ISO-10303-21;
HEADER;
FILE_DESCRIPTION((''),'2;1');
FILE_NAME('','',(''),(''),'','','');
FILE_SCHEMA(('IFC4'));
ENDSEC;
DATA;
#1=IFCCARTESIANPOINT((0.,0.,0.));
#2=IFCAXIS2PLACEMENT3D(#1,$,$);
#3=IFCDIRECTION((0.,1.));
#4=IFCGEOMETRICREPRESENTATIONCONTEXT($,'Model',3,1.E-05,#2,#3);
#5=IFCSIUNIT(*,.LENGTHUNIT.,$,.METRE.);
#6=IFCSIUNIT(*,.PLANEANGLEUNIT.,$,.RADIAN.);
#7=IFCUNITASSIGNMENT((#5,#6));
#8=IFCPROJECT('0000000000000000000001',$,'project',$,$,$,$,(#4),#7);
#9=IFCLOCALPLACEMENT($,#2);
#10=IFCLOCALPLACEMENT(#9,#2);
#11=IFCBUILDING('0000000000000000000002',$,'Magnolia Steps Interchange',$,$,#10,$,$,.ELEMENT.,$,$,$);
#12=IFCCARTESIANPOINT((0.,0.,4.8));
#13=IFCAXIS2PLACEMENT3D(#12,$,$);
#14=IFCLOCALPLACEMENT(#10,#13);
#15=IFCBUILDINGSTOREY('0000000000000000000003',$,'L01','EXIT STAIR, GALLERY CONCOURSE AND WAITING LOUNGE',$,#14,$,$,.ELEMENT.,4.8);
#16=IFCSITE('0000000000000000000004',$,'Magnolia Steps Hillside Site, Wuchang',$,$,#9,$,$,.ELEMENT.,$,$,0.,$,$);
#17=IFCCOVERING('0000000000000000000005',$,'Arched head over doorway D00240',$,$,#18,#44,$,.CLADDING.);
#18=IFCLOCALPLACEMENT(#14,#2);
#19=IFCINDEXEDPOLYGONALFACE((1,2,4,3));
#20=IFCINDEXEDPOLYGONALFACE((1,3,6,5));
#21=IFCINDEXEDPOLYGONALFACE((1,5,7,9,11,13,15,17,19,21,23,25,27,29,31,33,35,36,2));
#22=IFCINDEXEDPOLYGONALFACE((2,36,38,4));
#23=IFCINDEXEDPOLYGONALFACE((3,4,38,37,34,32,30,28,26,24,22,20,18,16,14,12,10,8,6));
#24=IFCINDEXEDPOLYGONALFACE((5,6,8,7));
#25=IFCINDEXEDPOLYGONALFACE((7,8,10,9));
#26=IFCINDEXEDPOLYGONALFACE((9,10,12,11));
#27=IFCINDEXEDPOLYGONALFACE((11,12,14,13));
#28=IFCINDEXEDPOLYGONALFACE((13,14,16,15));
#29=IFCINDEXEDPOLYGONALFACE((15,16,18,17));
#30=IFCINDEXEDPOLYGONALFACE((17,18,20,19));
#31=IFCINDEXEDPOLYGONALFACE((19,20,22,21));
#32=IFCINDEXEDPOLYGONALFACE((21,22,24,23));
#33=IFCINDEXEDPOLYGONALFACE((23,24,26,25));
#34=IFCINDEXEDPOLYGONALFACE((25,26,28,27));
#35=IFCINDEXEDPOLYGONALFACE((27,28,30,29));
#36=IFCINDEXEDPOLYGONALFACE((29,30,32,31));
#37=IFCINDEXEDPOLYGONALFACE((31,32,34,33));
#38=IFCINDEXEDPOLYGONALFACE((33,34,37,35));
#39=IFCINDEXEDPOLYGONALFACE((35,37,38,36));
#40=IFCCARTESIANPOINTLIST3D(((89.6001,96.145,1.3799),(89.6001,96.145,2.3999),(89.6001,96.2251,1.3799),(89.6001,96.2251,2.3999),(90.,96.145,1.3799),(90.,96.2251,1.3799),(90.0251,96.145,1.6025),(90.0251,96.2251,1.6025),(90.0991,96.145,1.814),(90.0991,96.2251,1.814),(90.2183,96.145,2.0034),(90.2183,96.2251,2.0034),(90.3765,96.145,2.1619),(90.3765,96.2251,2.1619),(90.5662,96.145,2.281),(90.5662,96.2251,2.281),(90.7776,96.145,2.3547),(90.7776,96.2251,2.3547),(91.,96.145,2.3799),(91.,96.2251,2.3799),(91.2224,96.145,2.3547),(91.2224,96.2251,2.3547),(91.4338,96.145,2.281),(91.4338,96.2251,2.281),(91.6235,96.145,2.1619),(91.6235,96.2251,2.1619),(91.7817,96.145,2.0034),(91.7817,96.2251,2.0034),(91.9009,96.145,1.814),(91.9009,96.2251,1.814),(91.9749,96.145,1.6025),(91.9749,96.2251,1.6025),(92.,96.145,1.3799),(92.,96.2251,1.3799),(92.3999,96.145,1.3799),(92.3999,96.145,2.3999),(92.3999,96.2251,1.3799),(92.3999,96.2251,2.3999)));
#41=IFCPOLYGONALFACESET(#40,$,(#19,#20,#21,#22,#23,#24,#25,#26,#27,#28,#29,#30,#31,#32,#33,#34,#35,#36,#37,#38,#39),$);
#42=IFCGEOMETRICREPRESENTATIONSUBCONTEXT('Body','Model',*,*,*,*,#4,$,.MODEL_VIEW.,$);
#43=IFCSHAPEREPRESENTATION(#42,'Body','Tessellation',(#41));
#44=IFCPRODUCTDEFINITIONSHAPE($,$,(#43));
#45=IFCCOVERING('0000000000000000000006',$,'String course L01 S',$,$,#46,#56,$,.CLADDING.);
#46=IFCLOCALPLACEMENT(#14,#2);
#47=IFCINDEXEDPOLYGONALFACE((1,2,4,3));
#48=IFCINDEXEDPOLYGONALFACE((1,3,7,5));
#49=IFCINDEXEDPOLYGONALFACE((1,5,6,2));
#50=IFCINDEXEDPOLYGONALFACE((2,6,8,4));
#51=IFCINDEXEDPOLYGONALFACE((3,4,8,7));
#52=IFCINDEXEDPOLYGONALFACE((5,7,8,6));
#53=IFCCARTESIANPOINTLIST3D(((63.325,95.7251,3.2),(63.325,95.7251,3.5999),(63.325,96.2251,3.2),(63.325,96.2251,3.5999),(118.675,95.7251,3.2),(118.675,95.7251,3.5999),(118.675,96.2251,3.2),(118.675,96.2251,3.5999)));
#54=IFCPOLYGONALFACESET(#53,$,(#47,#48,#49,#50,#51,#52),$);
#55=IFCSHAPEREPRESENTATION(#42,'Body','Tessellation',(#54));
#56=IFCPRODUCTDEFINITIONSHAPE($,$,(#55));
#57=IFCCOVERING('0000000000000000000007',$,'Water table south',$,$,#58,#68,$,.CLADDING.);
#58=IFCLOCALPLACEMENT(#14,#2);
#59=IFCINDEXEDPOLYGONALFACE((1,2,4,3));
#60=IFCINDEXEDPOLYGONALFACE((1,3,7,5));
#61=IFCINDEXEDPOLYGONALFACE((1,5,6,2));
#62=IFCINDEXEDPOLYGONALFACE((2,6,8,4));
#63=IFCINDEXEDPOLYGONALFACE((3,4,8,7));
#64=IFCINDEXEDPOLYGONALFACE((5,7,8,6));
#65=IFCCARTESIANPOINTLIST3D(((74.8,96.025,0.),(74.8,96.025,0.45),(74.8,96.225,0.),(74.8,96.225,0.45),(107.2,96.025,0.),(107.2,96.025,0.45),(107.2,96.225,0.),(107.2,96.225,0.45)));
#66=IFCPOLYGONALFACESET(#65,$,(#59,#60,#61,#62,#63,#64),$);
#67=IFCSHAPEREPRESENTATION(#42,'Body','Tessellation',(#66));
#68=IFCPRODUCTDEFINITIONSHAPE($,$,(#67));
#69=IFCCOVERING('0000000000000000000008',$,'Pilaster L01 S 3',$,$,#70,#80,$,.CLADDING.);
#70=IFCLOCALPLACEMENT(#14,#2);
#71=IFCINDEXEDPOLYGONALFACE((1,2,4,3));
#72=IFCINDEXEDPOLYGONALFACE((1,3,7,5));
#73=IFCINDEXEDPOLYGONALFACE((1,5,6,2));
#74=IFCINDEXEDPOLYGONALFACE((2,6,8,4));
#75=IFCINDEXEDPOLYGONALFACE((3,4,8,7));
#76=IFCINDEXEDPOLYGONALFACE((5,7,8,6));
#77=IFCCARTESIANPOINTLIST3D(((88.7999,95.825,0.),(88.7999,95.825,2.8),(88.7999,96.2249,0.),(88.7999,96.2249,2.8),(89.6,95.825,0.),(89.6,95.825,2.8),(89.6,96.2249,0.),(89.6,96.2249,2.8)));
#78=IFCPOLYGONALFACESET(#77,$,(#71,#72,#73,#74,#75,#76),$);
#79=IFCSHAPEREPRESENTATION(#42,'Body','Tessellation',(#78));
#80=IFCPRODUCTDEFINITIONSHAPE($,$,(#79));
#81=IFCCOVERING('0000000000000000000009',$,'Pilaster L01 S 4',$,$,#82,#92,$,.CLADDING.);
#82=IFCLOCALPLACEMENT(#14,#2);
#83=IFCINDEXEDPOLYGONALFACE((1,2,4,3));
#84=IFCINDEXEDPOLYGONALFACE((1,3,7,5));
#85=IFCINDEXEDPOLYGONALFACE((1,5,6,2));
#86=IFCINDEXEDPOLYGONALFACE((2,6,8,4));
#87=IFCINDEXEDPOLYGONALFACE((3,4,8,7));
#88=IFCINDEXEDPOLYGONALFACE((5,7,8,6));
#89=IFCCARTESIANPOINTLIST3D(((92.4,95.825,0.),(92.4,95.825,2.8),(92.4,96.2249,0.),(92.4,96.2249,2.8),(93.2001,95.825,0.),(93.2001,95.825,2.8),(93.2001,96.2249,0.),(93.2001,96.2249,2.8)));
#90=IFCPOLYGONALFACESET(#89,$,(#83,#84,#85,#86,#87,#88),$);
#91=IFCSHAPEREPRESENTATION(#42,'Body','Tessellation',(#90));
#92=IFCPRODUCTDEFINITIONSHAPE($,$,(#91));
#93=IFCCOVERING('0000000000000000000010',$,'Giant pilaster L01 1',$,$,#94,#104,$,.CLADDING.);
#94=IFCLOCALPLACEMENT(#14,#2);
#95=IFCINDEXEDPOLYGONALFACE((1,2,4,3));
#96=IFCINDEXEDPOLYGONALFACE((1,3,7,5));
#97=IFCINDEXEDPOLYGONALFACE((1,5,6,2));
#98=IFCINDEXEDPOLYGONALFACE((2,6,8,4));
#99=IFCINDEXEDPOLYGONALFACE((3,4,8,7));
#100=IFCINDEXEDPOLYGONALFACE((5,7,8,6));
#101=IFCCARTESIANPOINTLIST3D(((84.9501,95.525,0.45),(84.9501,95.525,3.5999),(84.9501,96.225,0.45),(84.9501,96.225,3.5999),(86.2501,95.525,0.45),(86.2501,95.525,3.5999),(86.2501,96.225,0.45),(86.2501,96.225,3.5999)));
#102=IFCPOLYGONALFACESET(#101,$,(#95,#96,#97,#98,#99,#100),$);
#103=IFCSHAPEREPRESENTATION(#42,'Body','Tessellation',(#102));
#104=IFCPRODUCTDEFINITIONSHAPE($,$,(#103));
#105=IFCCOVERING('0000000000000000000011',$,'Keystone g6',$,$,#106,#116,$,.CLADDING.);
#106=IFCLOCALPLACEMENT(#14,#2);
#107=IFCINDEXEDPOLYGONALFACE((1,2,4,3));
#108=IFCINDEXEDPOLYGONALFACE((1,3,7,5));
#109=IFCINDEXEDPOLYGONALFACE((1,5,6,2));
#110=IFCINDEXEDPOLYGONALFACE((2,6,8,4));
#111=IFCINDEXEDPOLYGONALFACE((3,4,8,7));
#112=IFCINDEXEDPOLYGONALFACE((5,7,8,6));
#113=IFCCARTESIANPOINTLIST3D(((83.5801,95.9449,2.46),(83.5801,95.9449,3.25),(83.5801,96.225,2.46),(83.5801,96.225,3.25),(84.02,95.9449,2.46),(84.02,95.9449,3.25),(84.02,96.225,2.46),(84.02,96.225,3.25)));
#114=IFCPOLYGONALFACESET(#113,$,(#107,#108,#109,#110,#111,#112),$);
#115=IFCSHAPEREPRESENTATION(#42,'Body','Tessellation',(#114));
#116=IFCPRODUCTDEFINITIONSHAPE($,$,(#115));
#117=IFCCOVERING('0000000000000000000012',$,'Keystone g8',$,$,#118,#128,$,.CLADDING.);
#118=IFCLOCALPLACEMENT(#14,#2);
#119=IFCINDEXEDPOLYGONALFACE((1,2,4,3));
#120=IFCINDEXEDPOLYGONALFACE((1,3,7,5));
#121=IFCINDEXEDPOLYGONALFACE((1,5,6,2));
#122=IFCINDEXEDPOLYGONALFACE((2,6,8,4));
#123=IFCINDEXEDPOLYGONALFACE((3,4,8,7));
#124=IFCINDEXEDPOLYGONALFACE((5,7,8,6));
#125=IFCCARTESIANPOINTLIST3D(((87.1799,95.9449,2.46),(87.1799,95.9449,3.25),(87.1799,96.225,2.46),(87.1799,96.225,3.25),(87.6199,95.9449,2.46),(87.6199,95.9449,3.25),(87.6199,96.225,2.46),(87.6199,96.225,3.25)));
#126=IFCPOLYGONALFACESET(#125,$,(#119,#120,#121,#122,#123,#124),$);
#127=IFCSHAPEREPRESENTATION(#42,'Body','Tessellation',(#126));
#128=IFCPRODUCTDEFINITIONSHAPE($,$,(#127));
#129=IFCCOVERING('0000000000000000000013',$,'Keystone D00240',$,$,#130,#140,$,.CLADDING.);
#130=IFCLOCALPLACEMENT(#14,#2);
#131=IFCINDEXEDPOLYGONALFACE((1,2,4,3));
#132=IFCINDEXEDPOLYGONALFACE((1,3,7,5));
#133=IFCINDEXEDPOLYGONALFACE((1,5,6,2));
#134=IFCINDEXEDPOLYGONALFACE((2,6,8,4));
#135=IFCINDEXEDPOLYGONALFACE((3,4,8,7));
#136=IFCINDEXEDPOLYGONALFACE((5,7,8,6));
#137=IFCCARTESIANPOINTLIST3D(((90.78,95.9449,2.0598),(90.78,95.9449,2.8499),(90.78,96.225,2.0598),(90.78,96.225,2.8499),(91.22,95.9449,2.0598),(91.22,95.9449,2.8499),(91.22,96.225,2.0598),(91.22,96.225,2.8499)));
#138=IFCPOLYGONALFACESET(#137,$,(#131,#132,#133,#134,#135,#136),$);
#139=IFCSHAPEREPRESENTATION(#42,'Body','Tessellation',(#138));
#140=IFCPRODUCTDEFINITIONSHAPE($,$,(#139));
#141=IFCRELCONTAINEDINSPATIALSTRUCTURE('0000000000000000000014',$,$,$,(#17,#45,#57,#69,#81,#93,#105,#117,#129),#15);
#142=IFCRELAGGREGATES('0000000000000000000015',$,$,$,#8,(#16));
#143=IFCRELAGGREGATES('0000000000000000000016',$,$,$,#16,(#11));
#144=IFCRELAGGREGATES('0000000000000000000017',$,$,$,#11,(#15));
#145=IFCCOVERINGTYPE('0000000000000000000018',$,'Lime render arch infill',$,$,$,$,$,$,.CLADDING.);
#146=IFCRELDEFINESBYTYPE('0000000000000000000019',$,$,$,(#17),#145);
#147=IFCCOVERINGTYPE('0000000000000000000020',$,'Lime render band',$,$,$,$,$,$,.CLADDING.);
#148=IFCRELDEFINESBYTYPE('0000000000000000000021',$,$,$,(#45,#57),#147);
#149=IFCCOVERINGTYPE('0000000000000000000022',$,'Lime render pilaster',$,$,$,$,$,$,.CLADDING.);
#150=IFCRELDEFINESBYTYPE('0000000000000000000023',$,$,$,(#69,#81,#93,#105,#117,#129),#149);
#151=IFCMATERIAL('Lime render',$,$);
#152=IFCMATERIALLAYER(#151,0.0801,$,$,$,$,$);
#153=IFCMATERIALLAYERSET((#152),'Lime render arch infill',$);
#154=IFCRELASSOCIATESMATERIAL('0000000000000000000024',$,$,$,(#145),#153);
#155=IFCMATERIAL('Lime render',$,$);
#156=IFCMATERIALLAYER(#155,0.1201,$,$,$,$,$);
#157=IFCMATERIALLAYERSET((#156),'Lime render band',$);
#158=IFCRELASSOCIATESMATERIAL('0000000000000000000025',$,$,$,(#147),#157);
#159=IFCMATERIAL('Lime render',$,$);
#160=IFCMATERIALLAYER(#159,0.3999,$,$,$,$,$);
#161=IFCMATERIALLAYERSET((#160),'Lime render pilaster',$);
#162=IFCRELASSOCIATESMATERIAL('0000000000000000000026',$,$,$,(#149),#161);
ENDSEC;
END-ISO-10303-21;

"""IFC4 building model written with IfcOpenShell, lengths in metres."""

from ifc_helpers import new_model, si_unit, direction, frame, origin, origin_2d, place, context, subcontext, project, spatial, polyline, rectangle, outline, extrude, material, layer, layer_set, type_object, element, save


model = new_model("IFC4")

# Units and contexts
model_context = context("Model", 3, precision=1e-05, world=origin(), true_north=direction((0.0, 1.0)))
body_context = subcontext(model_context, "Body", "Model", "MODEL_VIEW")
ifc_project = project(units=[si_unit("LENGTHUNIT", "METRE"), si_unit("PLANEANGLEUNIT", "RADIAN")], contexts=[model_context])

# Site, building, storey
site_placement = place(None, origin())
site = spatial("IfcSite", under=ifc_project, at=site_placement, Name="Magnolia Steps Hillside Site, Wuchang", CompositionType="ELEMENT", RefElevation=0.0)
building_placement = place(site_placement, origin())
building = spatial("IfcBuilding", under=site, at=building_placement, Name="Magnolia Steps Interchange", CompositionType="ELEMENT")
storey_placement = place(building_placement, frame((0.0, 0.0, 4.8)))
storey = spatial("IfcBuildingStorey", under=building, at=storey_placement, Name="L01", Description="EXIT STAIR, GALLERY CONCOURSE AND WAITING LOUNGE", CompositionType="ELEMENT", Elevation=4.8)

# Coverings
ifc_material_1 = material(Name="Lime render")
ifc_layer_1 = layer(ifc_material_1, 0.0801)
ifc_layer_set_1 = layer_set([ifc_layer_1], Name="Lime render arch infill")
covering_type_1 = type_object("IfcCoveringType", Name="Lime render arch infill", PredefinedType="CLADDING", material=ifc_layer_set_1)
covering_1_placement = place(storey_placement, frame((89.6001, 96.2251, 1.3799), z_axis=(0.0, 1.0, 0.0), x_axis=(0.0, 0.0, 1.0)))
element("IfcCovering", 1, at=covering_1_placement, inside=storey, type_object=covering_type_1, Name="Arched head over doorway D00240", PredefinedType="CLADDING", context=body_context, shape_type="SweptSolid", body=[
    extrude(outline(polyline([(0.0, 0.0), (1.02, 0.0), (1.02, 2.7998), (0.0, 2.7998), (0.0, 2.3999), (0.2227, 2.3748), (0.4341, 2.3008), (0.6235, 2.1816), (0.782, 2.0234), (0.9011, 1.8337), (0.9749, 1.6223), (1.0, 1.3999), (0.9749, 1.1775), (0.9011, 0.9661), (0.782, 0.7764), (0.6235, 0.6182), (0.4341, 0.499), (0.2227, 0.425), (0.0, 0.3999), (0.0, 0.0)])), origin(), (0.0, 0.0, -1.0), 0.0801),
])
ifc_material_2 = material(Name="Lime render")
ifc_layer_2 = layer(ifc_material_2, 0.1201)
ifc_layer_set_2 = layer_set([ifc_layer_2], Name="Lime render band")
covering_type_2 = type_object("IfcCoveringType", Name="Lime render band", PredefinedType="CLADDING", material=ifc_layer_set_2)
covering_2_placement = place(storey_placement, frame((91.0, 95.9751, 3.2), z_axis=(0.0, 0.0, 1.0), x_axis=(1.0, 0.0, 0.0)))
element("IfcCovering", 2, at=covering_2_placement, inside=storey, type_object=covering_type_2, Name="String course L01 S", PredefinedType="CLADDING", context=body_context, shape_type="SweptSolid", body=[
    extrude(rectangle(XDim=55.3501, YDim=0.5, at=origin_2d()), origin(), (0.0, 0.0, 1.0), 0.3999),
])
covering_3_placement = place(storey_placement, frame((91.0, 96.125, 0.0), z_axis=(0.0, 0.0, 1.0), x_axis=(1.0, 0.0, 0.0)))
element("IfcCovering", 3, at=covering_3_placement, inside=storey, type_object=covering_type_2, Name="Water table south", PredefinedType="CLADDING", context=body_context, shape_type="SweptSolid", body=[
    extrude(rectangle(XDim=32.3999, YDim=0.2, at=origin_2d()), origin(), (0.0, 0.0, 1.0), 0.45),
])
ifc_material_3 = material(Name="Lime render")
ifc_layer_3 = layer(ifc_material_3, 0.3999)
ifc_layer_set_3 = layer_set([ifc_layer_3], Name="Lime render pilaster")
covering_type_3 = type_object("IfcCoveringType", Name="Lime render pilaster", PredefinedType="CLADDING", material=ifc_layer_set_3)
for number, where, z_axis, x_axis, name in (
    (4, (89.2, 96.0249, 0.0), (0.0, 0.0, 1.0), (1.0, 0.0, 0.0), "Pilaster L01 S 3"),
    (5, (92.8, 96.0249, 0.0), (0.0, 0.0, 1.0), (1.0, 0.0, 0.0), "Pilaster L01 S 4"),
):
    element("IfcCovering", number, at=place(storey_placement, frame(where, z_axis=z_axis, x_axis=x_axis)), inside=storey, type_object=covering_type_3, Name=name, PredefinedType="CLADDING", context=body_context, shape_type="SweptSolid", body=[
        extrude(rectangle(XDim=0.8, YDim=0.3999, at=origin_2d()), origin(), (0.0, 0.0, 1.0), 2.8),
    ])
covering_4_placement = place(storey_placement, frame((85.6001, 95.875, 0.45), z_axis=(0.0, 0.0, 1.0), x_axis=(1.0, 0.0, 0.0)))
element("IfcCovering", 6, at=covering_4_placement, inside=storey, type_object=covering_type_3, Name="Giant pilaster L01 1", PredefinedType="CLADDING", context=body_context, shape_type="SweptSolid", body=[
    extrude(rectangle(XDim=1.3, YDim=0.7, at=origin_2d()), origin(), (0.0, 0.0, 1.0), 3.1499),
])
for number, where, z_axis, x_axis, name in (
    (7, (83.8, 96.085, 2.46), (0.0, 0.0, 1.0), (1.0, 0.0, 0.0), "Keystone g6"),
    (8, (87.3999, 96.085, 2.46), (0.0, 0.0, 1.0), (1.0, 0.0, 0.0), "Keystone g8"),
    (9, (91.0, 96.085, 2.0598), (0.0, 0.0, 1.0), (1.0, 0.0, 0.0), "Keystone D00240"),
):
    element("IfcCovering", number, at=place(storey_placement, frame(where, z_axis=z_axis, x_axis=x_axis)), inside=storey, type_object=covering_type_3, Name=name, PredefinedType="CLADDING", context=body_context, shape_type="SweptSolid", body=[
        extrude(rectangle(XDim=0.4399, YDim=0.28, at=origin_2d()), origin(), (0.0, 0.0, 1.0), 0.79),
    ])

save(model, "model.ifc")
